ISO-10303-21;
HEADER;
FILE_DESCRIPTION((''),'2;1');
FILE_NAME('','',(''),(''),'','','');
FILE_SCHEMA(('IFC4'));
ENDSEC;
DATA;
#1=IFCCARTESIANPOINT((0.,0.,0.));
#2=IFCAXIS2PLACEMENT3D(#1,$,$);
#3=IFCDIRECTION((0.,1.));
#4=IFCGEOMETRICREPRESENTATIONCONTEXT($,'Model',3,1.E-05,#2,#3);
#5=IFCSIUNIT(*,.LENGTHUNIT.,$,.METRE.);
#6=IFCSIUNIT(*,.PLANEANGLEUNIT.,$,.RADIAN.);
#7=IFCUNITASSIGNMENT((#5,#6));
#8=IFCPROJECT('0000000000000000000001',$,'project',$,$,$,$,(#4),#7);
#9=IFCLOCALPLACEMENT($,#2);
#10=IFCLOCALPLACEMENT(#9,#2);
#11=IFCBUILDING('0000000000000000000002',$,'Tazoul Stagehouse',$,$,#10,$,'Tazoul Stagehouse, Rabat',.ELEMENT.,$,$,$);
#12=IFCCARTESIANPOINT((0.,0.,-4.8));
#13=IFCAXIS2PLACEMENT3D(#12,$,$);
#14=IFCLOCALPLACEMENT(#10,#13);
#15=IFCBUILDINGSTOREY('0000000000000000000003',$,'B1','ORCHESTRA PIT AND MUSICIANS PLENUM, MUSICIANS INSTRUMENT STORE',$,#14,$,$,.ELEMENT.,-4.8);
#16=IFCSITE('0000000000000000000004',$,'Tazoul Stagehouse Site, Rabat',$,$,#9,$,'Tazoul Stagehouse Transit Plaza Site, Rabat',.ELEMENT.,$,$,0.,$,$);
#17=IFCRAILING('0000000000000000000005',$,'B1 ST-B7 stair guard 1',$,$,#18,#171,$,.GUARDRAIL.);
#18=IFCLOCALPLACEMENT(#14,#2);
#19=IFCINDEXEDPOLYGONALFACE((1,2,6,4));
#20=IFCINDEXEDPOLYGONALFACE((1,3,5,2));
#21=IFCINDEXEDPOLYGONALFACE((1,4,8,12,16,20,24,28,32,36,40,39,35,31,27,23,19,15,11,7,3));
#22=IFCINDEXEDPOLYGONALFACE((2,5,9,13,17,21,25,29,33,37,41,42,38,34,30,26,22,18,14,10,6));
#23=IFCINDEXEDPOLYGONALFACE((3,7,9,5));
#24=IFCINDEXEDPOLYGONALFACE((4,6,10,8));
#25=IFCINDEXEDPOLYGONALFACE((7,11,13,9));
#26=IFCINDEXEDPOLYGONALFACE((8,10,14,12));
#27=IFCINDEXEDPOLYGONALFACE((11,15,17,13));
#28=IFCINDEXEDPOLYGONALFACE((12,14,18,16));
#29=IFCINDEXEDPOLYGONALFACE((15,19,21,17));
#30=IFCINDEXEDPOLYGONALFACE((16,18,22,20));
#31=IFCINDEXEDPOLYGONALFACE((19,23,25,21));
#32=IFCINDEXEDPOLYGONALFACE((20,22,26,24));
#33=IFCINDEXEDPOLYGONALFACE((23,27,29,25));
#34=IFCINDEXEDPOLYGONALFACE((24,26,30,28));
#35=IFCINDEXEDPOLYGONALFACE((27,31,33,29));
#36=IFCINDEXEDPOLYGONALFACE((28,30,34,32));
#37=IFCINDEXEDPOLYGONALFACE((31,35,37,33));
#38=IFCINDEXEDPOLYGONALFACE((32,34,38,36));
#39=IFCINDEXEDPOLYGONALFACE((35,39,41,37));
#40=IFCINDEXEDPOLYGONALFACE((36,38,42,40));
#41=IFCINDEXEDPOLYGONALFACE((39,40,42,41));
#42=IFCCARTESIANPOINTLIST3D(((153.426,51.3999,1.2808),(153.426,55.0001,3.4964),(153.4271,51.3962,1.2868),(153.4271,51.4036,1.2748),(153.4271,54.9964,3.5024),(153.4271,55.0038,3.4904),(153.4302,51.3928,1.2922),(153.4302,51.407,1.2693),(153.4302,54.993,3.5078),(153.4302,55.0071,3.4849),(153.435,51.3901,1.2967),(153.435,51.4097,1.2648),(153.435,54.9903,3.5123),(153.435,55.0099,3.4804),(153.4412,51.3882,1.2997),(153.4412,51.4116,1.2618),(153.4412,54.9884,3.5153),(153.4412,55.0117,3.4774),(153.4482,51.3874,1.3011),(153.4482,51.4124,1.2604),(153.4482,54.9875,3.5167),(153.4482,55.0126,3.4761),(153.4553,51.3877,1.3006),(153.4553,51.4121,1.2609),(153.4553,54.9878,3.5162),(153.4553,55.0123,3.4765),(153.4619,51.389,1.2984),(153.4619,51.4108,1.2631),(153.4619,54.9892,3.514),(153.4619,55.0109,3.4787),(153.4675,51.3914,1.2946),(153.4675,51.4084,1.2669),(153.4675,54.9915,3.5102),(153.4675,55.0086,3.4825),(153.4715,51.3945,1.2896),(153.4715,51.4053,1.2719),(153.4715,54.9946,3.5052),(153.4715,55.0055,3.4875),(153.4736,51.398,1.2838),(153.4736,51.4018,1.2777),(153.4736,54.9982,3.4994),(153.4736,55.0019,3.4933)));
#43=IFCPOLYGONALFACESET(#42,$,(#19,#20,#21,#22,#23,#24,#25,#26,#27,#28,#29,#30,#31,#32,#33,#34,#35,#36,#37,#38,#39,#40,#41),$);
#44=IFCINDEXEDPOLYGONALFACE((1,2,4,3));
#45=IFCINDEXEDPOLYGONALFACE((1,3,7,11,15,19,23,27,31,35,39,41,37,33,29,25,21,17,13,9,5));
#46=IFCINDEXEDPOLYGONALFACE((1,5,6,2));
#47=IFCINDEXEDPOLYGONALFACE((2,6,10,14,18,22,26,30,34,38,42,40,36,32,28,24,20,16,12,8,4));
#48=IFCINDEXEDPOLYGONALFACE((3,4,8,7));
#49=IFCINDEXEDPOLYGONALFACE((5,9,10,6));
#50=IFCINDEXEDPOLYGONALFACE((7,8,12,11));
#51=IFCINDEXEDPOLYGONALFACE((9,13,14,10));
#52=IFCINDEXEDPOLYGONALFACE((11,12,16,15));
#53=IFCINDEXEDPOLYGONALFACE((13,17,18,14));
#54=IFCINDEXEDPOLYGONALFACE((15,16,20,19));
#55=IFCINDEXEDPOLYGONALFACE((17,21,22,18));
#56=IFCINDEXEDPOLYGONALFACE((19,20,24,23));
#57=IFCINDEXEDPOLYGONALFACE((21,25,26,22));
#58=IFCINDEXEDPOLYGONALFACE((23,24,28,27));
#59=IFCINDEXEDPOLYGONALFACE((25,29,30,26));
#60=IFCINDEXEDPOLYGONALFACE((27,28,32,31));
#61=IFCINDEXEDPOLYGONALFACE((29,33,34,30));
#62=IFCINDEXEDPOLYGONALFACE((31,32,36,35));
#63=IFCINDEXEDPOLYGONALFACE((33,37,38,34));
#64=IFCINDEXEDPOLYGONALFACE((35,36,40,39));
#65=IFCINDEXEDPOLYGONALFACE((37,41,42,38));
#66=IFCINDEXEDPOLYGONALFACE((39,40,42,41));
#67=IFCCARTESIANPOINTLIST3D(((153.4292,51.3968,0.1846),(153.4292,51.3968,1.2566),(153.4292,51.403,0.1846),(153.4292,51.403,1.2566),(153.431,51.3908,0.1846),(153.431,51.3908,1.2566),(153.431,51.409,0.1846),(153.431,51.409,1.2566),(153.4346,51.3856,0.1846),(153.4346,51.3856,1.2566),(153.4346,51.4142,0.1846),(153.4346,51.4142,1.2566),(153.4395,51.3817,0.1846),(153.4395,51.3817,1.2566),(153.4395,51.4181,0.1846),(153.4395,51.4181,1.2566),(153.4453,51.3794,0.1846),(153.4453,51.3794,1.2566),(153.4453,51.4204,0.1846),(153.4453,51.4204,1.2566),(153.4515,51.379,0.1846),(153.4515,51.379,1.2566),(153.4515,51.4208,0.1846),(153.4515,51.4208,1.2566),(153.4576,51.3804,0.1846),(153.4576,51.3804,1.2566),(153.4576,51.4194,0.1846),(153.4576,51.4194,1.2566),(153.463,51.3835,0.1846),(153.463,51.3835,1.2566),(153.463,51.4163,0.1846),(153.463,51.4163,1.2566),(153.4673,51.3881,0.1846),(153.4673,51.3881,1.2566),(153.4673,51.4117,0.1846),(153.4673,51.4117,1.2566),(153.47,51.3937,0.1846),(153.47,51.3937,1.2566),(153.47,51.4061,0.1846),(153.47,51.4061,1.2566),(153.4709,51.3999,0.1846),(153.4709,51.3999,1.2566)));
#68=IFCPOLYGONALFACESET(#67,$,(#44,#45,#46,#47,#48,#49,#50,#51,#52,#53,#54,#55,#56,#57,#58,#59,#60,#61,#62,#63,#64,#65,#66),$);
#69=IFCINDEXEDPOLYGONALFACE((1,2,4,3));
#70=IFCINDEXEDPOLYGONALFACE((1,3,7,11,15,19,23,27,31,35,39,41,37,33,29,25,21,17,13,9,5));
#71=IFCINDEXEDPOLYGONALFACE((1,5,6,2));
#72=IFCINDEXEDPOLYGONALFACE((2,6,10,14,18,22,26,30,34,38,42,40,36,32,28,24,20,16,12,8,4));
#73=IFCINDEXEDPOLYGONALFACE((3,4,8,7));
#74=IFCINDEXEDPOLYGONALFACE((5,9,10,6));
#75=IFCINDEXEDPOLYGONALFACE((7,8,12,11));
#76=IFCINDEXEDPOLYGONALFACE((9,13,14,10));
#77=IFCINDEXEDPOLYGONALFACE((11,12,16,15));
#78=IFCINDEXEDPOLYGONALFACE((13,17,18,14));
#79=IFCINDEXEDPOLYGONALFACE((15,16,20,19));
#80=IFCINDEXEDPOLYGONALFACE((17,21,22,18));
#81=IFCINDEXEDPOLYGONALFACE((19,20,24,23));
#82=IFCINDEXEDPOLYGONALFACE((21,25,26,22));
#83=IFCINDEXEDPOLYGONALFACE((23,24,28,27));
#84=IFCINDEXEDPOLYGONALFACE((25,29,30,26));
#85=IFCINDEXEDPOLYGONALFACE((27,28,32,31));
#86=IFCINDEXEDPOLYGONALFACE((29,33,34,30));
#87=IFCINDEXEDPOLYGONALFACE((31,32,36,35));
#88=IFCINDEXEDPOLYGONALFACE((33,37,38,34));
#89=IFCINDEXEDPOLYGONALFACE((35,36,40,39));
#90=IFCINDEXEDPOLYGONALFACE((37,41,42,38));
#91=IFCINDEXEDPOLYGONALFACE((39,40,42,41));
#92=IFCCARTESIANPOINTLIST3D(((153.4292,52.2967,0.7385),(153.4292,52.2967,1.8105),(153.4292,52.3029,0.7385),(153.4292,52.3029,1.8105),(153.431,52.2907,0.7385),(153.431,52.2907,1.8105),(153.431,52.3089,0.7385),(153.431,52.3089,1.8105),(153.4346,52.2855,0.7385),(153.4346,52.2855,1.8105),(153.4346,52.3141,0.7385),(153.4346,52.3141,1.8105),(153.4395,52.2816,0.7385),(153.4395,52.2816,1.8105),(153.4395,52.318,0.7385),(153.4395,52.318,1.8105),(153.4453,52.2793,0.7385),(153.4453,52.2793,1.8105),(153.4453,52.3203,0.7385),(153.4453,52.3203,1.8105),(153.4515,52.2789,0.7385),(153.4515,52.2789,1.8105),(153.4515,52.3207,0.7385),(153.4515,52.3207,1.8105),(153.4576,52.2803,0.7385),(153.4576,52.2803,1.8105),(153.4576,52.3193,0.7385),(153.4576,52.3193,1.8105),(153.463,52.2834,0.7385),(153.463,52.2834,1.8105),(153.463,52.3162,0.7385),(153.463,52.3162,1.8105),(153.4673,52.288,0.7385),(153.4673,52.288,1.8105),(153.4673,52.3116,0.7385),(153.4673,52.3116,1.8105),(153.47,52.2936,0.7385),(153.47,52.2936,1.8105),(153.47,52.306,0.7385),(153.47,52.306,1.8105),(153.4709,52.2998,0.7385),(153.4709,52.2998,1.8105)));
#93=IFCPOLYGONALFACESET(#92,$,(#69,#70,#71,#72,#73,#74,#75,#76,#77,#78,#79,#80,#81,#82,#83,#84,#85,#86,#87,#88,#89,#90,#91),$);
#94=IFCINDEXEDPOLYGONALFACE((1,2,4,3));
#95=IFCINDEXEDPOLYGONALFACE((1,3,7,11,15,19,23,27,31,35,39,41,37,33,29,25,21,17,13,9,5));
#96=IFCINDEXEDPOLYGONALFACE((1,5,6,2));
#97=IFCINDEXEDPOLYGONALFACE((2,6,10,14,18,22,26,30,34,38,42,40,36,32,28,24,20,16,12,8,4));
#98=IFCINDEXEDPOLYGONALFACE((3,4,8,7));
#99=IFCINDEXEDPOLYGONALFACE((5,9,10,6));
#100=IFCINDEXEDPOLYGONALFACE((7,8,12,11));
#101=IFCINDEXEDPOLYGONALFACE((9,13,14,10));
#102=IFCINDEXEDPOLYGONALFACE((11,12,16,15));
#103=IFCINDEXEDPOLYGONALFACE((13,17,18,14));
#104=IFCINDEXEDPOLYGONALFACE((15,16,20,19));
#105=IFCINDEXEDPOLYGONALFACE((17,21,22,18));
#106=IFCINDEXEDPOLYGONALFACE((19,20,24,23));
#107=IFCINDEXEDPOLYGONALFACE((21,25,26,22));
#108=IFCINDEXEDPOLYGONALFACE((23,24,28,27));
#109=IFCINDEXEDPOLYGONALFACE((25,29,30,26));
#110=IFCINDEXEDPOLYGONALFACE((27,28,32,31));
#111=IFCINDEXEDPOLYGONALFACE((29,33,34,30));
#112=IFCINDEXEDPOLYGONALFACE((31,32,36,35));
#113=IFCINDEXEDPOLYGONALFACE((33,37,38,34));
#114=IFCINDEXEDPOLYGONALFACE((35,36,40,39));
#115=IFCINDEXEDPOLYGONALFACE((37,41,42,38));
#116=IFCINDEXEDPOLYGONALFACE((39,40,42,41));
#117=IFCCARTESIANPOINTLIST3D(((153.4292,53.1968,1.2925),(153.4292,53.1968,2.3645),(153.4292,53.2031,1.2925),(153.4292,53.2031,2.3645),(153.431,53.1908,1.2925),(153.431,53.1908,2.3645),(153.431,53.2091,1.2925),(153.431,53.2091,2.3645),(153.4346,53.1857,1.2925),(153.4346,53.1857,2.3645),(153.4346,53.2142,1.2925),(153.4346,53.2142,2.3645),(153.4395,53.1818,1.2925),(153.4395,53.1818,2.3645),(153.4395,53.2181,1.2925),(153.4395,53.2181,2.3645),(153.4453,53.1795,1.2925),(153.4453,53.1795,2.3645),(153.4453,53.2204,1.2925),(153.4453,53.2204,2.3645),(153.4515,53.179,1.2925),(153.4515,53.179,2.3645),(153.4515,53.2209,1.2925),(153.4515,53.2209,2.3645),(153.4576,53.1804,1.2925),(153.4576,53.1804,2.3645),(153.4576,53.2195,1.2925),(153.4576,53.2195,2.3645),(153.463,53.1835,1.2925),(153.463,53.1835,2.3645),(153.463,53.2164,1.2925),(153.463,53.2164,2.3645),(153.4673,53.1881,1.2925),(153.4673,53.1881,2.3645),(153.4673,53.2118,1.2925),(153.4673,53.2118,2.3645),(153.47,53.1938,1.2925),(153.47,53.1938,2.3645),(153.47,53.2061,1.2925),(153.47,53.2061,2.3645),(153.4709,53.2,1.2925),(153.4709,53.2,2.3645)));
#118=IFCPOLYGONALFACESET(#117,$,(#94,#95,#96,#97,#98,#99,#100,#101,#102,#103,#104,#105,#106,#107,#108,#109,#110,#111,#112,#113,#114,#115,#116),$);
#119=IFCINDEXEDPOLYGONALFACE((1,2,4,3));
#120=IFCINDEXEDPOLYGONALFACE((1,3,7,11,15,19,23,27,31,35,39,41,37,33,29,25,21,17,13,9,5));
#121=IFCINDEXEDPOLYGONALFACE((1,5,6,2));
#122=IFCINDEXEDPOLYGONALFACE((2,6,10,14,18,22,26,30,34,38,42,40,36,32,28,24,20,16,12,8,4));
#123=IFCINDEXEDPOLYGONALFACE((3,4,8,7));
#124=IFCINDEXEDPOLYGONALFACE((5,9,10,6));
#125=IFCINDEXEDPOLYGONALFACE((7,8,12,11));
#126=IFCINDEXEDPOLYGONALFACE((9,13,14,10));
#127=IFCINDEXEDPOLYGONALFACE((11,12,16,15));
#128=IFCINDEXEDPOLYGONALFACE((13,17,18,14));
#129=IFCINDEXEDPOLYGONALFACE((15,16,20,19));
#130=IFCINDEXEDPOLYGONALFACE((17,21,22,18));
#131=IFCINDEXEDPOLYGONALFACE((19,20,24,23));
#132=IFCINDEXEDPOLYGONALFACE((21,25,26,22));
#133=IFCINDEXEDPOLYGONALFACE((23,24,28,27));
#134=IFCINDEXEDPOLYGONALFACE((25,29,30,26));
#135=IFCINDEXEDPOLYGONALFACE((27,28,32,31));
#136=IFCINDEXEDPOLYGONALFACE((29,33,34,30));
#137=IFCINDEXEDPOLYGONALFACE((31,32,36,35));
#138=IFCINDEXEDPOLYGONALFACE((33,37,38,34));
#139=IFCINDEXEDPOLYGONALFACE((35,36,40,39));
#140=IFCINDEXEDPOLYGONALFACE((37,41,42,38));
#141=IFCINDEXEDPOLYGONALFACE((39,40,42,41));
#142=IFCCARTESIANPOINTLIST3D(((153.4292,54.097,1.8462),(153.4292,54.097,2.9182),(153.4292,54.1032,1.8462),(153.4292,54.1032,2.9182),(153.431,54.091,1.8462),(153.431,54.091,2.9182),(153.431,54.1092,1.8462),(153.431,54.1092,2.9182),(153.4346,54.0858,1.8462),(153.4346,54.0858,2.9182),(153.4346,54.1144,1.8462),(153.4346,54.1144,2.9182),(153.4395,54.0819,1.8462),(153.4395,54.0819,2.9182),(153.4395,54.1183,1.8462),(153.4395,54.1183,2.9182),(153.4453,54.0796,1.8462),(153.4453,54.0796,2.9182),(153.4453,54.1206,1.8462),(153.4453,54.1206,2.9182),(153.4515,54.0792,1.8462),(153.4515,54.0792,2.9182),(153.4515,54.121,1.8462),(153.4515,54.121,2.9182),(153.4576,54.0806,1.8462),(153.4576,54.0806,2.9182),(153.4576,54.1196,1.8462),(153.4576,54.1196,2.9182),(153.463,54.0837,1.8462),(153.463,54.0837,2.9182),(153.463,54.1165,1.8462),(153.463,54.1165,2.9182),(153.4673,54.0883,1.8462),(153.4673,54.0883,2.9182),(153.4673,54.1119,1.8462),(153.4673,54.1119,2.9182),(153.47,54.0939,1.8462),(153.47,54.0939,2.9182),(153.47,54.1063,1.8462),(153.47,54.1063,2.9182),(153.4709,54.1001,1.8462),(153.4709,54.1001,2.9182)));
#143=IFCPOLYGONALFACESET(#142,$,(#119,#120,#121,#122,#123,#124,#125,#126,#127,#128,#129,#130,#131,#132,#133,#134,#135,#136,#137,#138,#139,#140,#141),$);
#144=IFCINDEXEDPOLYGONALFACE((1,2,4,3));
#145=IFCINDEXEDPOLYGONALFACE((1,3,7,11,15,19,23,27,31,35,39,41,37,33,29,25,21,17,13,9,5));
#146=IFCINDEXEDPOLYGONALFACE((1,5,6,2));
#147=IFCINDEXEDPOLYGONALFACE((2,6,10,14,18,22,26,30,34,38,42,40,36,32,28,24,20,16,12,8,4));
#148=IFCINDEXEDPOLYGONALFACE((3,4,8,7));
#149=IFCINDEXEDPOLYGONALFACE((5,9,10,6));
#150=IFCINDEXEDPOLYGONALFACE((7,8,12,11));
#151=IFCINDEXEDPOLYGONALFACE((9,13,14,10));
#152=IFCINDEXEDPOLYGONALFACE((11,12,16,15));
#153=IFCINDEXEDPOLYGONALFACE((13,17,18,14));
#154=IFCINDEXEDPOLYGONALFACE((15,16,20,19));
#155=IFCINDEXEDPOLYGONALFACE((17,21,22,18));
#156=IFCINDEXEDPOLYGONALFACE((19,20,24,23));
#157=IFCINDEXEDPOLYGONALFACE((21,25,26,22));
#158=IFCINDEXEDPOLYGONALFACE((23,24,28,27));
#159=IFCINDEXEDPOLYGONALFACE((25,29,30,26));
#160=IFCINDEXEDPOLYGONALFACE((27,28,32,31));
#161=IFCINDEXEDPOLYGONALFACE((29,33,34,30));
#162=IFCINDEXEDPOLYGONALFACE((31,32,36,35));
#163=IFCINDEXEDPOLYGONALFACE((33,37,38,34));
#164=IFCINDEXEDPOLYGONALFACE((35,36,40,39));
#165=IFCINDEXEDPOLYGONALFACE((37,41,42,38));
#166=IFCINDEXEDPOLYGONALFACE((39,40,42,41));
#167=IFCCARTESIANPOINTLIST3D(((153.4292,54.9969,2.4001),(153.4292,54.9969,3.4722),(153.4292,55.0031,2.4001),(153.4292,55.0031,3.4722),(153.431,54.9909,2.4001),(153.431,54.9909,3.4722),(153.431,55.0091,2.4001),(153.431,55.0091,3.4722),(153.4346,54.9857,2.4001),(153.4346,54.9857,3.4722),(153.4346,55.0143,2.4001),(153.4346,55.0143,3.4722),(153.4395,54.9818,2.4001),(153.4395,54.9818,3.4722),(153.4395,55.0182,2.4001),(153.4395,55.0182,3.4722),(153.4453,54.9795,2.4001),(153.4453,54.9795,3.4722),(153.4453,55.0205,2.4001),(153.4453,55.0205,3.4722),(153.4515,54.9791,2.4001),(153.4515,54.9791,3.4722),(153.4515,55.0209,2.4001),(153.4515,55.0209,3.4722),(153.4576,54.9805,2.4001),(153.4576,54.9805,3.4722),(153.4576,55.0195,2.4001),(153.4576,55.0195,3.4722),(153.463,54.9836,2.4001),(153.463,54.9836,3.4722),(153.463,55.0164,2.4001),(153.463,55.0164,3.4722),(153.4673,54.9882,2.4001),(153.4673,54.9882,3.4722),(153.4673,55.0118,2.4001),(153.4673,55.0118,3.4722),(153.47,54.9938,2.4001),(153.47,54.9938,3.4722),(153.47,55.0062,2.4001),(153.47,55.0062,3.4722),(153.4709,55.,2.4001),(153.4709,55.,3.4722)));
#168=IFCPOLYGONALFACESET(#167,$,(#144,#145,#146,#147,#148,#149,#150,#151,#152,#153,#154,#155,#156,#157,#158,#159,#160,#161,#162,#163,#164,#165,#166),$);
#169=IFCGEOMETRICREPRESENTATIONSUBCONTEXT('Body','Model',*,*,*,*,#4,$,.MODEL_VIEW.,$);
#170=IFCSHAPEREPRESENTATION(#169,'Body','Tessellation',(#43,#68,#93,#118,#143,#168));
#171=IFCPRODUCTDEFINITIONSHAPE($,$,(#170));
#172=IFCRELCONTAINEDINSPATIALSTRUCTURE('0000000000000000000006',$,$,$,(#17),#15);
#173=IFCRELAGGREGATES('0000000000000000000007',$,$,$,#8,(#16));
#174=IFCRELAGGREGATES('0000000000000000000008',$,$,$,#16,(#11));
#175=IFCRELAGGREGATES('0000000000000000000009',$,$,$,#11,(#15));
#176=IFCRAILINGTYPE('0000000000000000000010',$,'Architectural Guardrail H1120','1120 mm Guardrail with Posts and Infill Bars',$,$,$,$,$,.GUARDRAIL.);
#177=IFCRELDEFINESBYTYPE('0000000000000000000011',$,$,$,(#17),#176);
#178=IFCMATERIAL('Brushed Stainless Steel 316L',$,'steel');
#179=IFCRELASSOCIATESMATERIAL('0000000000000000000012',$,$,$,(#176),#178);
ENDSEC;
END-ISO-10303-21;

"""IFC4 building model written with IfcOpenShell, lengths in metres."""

from ifc_helpers import new_model, si_unit, direction, frame, origin, origin_2d, place, context, subcontext, project, spatial, circle, extrude, material, material_profile, profile_set, type_object, element, save


model = new_model("IFC4")

# Units and contexts
model_context = context("Model", 3, precision=1e-05, world=origin(), true_north=direction((0.0, 1.0)))
body_context = subcontext(model_context, "Body", "Model", "MODEL_VIEW")
ifc_project = project(units=[si_unit("LENGTHUNIT", "METRE"), si_unit("PLANEANGLEUNIT", "RADIAN")], contexts=[model_context])

# Site, building, storey
site_placement = place(None, origin())
site = spatial("IfcSite", under=ifc_project, at=site_placement, Name="Tazoul Stagehouse Site, Rabat", LongName="Tazoul Stagehouse Transit Plaza Site, Rabat", CompositionType="ELEMENT", RefElevation=0.0)
building_placement = place(site_placement, origin())
building = spatial("IfcBuilding", under=site, at=building_placement, Name="Tazoul Stagehouse", LongName="Tazoul Stagehouse, Rabat", CompositionType="ELEMENT")
storey_placement = place(building_placement, frame((0.0, 0.0, -4.8)))
storey = spatial("IfcBuildingStorey", under=building, at=storey_placement, Name="B1", Description="ORCHESTRA PIT AND MUSICIANS PLENUM, MUSICIANS INSTRUMENT STORE", CompositionType="ELEMENT", Elevation=-4.8)

# Railing
ifc_material_1 = material(Name="Brushed Stainless Steel 316L", Category="steel")
ifc_material_profile_1 = material_profile(ifc_material_1, circle(Radius=0.0239, at=origin_2d()), Name="SS RAIL D48")
ifc_profile_set_1 = profile_set([ifc_material_profile_1], Name="Brushed Stainless Steel 316L")
railing_type_1 = type_object("IfcRailingType", Name="Architectural Guardrail H1120", Description="1120 mm Guardrail with Posts and Infill Bars", PredefinedType="GUARDRAIL", material=ifc_profile_set_1)
railing_1_placement = place(storey_placement, frame((153.45, 51.3999, 0.1846)))
element("IfcRailing", 1, at=railing_1_placement, inside=storey, type_object=railing_type_1, Name="B1 ST-B7 stair guard 1", PredefinedType="GUARDRAIL", context=body_context, shape_type="SweptSolid", body=[
    extrude(circle(Radius=0.0239, at=origin_2d()), frame((0.0, 0.0, 1.0962), z_axis=(0.0, 0.851644, 0.52412), x_axis=(-1.0, 0.0, 0.0)), (0.0, 0.0, 1.0), 4.2273),
    extrude(circle(Radius=0.021, at=origin_2d()), origin(), (0.0, 0.0, 1.0), 1.072),
    extrude(circle(Radius=0.021, at=origin_2d()), frame((0.0, 0.8999, 0.554)), (0.0, 0.0, 1.0), 1.072),
    extrude(circle(Radius=0.021, at=origin_2d()), frame((0.0, 1.8, 1.1079)), (0.0, 0.0, 1.0), 1.072),
    extrude(circle(Radius=0.021, at=origin_2d()), frame((0.0, 2.7002, 1.6616)), (0.0, 0.0, 1.0), 1.072),
    extrude(circle(Radius=0.021, at=origin_2d()), frame((0.0, 3.6001, 2.2156)), (0.0, 0.0, 1.0), 1.072),
])

save(model, "model.ifc")
